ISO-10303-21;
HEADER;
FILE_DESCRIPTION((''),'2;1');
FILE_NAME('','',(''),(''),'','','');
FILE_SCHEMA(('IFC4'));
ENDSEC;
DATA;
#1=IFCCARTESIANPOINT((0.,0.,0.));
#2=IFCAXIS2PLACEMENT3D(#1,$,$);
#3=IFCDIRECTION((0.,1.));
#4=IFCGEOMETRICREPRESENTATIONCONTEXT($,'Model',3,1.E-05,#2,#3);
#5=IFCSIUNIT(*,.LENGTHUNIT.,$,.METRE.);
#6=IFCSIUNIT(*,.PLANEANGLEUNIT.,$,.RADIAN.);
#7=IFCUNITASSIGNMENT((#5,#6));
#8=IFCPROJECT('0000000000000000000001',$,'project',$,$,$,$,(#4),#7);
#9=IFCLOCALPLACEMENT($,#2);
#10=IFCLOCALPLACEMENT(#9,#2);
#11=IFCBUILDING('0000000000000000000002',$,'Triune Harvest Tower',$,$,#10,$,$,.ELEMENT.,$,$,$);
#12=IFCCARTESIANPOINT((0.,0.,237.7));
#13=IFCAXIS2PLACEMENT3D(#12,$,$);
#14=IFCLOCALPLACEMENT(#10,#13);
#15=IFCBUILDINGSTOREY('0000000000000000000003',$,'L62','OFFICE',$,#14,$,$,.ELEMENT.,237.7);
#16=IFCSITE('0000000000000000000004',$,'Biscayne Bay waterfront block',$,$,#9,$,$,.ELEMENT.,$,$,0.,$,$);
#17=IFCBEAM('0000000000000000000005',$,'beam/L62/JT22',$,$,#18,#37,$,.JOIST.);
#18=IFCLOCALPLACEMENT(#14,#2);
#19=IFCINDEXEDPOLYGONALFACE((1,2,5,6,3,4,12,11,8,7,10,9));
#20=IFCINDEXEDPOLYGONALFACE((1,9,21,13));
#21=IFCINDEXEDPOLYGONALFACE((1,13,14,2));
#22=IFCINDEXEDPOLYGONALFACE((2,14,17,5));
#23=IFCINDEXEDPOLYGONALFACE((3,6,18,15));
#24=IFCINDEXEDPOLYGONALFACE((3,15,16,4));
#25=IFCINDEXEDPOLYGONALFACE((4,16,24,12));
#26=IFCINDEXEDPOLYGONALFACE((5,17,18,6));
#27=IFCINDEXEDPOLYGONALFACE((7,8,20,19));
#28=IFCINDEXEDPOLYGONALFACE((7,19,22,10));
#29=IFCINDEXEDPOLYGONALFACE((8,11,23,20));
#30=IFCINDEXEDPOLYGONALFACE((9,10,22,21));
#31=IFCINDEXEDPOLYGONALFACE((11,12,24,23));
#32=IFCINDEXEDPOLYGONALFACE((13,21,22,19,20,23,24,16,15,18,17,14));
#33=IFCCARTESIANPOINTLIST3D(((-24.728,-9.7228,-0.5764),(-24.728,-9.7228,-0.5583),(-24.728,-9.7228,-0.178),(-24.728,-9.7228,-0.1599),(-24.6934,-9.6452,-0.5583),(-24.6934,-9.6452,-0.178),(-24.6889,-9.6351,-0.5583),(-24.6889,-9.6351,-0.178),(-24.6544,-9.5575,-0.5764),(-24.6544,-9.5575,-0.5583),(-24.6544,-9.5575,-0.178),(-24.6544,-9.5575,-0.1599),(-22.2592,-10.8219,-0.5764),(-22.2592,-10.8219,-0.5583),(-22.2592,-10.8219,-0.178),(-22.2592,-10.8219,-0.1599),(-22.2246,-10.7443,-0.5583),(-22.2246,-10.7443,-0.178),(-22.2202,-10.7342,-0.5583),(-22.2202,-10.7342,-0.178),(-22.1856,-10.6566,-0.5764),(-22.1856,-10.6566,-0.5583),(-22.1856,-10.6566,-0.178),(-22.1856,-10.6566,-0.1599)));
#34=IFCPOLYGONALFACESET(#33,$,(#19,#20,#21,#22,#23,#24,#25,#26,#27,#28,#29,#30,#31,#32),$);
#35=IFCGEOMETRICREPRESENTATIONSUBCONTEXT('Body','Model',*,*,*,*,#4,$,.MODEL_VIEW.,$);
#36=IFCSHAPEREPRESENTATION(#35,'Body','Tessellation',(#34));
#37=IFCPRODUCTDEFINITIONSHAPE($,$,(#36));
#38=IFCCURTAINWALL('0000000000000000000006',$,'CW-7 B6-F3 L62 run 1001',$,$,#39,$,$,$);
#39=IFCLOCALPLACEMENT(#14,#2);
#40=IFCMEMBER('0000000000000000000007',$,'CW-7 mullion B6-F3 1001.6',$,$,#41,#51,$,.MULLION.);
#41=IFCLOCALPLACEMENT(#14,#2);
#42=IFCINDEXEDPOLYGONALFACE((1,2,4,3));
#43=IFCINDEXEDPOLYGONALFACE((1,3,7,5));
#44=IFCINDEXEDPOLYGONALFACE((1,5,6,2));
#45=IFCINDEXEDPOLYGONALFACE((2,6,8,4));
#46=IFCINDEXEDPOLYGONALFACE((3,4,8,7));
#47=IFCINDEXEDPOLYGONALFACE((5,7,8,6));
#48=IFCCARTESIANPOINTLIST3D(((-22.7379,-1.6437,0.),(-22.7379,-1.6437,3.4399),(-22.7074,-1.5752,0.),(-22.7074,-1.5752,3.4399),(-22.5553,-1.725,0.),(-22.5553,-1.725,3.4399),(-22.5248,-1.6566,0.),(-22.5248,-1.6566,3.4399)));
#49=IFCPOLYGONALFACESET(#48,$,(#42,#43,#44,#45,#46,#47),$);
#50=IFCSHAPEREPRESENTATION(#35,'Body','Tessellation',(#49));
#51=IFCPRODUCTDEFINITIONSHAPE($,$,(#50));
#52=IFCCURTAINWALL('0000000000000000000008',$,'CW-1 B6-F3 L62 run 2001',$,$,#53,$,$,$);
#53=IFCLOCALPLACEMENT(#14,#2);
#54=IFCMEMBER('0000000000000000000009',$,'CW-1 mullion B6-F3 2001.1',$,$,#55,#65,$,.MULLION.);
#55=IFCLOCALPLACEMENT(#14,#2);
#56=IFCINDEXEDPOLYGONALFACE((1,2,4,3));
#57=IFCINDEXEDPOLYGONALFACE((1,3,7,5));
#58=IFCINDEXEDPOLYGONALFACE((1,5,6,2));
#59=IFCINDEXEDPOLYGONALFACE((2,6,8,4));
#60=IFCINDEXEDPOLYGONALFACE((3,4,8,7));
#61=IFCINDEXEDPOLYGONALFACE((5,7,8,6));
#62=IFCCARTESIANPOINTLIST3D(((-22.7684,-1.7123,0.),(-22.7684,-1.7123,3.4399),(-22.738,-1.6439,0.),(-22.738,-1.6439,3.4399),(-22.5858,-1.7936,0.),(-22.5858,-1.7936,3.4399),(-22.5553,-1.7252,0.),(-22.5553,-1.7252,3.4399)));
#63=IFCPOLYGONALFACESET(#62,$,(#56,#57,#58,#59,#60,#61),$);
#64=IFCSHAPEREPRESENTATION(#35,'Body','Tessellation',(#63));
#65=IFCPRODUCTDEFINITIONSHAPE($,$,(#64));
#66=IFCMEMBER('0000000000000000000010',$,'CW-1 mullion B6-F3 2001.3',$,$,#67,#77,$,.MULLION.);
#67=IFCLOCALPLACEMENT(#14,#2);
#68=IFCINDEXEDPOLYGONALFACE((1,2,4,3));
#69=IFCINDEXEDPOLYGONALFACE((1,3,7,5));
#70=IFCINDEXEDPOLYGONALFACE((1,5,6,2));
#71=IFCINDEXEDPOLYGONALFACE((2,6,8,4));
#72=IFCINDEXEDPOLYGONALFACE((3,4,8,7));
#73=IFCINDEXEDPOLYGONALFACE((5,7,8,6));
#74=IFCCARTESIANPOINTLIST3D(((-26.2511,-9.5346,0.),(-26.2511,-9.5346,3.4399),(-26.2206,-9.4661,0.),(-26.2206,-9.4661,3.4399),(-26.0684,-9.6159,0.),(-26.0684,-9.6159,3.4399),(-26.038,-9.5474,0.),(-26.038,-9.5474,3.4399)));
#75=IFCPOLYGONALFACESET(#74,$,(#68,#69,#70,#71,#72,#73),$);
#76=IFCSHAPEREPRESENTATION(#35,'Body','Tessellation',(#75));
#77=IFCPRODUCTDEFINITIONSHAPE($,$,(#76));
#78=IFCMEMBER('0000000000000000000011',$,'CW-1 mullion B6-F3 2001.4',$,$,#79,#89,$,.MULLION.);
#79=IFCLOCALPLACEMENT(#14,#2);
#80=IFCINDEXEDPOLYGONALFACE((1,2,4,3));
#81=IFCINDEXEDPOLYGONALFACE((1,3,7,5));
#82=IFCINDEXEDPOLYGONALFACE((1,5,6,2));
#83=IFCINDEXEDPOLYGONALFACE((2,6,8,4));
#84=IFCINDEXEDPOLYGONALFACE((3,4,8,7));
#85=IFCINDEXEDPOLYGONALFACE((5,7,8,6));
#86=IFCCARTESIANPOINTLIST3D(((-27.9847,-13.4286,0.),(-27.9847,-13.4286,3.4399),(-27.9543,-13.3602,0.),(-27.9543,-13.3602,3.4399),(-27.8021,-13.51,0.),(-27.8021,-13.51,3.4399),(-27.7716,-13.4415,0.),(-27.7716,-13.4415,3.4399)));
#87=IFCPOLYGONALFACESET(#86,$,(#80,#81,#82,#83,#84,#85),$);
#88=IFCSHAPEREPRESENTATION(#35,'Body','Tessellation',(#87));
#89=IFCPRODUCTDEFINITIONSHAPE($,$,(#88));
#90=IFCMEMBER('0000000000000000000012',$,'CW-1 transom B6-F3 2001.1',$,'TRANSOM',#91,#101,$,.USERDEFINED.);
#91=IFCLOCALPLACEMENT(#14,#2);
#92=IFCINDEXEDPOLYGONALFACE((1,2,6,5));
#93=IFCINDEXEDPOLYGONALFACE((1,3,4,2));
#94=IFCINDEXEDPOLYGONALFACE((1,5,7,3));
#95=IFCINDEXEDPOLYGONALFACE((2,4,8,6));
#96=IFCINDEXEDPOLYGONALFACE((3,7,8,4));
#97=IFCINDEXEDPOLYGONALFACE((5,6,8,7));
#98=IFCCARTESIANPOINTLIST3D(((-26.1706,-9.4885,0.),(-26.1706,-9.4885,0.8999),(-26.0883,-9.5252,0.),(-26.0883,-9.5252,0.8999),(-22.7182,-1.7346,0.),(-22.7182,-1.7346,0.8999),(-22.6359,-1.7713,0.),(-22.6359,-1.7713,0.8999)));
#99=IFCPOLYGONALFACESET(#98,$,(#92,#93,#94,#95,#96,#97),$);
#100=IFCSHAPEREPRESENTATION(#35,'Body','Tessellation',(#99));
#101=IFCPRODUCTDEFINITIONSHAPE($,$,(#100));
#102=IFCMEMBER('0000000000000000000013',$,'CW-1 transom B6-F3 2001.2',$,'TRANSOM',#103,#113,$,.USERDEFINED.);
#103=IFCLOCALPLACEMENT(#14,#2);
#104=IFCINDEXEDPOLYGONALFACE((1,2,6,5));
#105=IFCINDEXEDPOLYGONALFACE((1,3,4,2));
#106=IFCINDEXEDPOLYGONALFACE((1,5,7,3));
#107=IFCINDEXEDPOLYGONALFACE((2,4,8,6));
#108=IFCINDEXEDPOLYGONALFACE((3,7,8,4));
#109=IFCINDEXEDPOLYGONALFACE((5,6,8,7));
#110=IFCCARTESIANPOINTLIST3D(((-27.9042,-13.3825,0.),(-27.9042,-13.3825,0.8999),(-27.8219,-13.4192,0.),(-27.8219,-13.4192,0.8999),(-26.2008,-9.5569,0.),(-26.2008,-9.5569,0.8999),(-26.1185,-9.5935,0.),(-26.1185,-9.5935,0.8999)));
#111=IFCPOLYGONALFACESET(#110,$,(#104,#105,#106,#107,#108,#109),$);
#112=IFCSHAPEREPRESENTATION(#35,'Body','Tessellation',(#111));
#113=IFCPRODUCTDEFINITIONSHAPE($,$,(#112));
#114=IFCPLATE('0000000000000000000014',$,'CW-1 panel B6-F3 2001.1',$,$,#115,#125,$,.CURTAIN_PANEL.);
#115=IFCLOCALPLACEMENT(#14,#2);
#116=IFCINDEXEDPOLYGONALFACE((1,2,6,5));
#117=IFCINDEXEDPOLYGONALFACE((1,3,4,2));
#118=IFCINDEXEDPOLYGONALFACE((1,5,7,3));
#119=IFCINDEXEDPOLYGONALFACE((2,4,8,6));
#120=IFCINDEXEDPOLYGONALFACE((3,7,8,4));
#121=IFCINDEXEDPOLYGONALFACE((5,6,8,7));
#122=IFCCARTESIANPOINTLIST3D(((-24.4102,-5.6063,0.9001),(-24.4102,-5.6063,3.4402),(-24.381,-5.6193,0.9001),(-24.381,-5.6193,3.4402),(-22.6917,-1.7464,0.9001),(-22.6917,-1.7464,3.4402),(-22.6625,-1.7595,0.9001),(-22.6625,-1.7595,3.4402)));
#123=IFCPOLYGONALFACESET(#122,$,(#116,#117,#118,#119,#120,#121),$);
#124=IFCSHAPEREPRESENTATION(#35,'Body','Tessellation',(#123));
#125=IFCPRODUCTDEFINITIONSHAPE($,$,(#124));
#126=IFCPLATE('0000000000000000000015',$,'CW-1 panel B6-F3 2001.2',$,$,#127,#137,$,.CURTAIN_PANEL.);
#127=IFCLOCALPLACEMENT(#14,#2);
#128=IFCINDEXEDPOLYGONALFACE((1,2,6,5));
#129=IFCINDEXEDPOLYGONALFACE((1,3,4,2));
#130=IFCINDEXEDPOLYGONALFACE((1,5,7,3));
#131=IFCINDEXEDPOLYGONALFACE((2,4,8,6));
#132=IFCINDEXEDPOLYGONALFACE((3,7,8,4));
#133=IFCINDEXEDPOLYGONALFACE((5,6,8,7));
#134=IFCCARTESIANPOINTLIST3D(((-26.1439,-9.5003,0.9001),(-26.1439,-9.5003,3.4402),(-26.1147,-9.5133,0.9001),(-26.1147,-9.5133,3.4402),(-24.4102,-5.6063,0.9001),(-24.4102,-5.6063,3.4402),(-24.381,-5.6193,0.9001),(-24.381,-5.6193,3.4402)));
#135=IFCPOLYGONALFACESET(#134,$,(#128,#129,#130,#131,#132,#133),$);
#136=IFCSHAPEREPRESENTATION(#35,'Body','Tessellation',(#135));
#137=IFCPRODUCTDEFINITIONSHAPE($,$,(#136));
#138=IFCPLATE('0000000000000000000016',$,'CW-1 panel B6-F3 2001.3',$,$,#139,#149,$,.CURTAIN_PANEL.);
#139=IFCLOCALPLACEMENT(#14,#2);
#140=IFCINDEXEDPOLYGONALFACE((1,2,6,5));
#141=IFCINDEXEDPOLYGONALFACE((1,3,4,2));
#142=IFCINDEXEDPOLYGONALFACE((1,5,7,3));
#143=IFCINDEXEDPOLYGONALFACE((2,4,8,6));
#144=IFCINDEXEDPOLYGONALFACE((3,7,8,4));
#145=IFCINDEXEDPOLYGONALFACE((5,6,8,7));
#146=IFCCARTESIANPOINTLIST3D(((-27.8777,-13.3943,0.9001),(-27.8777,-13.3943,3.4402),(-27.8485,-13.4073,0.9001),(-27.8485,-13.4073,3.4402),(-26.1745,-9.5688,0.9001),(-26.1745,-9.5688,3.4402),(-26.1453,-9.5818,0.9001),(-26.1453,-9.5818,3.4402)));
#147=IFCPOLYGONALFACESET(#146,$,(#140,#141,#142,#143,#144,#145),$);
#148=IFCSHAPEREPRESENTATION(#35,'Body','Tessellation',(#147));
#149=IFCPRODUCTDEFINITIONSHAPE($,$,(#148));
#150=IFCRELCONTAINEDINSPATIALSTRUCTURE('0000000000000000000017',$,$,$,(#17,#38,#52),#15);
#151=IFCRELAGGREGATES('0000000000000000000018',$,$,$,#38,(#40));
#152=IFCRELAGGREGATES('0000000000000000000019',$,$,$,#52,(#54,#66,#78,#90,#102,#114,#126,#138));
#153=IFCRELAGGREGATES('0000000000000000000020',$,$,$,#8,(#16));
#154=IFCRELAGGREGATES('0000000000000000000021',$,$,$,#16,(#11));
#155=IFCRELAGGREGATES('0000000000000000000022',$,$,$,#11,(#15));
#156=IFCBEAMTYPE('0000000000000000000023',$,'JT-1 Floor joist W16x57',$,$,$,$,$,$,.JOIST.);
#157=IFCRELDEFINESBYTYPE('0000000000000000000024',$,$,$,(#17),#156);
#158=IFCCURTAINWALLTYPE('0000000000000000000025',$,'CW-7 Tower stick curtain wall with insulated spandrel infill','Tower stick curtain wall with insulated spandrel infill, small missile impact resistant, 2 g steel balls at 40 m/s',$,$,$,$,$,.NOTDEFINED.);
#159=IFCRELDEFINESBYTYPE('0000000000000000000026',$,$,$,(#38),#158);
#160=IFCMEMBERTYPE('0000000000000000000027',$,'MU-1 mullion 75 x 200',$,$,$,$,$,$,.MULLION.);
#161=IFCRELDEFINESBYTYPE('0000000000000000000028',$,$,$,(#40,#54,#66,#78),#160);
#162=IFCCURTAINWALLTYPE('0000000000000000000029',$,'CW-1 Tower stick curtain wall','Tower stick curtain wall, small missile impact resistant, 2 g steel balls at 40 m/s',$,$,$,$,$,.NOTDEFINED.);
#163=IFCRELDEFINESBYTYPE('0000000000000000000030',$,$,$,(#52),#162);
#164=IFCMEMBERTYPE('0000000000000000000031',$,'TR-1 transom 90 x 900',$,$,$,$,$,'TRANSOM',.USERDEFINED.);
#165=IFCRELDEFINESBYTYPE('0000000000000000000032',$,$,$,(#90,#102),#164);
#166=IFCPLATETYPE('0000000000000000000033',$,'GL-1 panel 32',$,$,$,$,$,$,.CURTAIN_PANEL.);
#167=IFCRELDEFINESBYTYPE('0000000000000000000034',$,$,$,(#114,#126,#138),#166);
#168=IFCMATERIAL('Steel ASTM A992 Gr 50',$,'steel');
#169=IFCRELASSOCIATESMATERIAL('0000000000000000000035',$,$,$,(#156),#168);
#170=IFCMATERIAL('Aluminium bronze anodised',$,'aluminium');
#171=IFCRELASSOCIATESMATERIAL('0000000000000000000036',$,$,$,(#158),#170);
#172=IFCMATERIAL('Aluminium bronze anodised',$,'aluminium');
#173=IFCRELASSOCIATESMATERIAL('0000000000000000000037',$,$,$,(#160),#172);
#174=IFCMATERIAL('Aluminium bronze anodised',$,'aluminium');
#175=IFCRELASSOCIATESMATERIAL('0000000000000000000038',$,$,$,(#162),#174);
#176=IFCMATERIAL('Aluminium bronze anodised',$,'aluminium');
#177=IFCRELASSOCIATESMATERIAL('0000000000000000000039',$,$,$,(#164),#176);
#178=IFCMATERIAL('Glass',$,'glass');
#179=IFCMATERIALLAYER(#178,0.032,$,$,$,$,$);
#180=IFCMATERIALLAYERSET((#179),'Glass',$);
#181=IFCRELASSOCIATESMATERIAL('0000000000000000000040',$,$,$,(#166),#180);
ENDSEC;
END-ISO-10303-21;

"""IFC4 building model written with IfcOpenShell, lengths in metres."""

from ifc_helpers import new_model, si_unit, direction, frame, origin, origin_2d, place, context, subcontext, project, spatial, rectangle, i_section, extrude, source, transform, mapped, material, layer, layer_set, material_profile, profile_set, type_object, element, aggregate, save


model = new_model("IFC4")

# Units and contexts
model_context = context("Model", 3, precision=1e-05, world=origin(), true_north=direction((0.0, 1.0)))
body_context = subcontext(model_context, "Body", "Model", "MODEL_VIEW")
ifc_project = project(units=[si_unit("LENGTHUNIT", "METRE"), si_unit("PLANEANGLEUNIT", "RADIAN")], contexts=[model_context])

# Site, building, storey
site_placement = place(None, origin())
site = spatial("IfcSite", under=ifc_project, at=site_placement, Name="Biscayne Bay waterfront block", CompositionType="ELEMENT", RefElevation=0.0)
building_placement = place(site_placement, origin())
building = spatial("IfcBuilding", under=site, at=building_placement, Name="Triune Harvest Tower", CompositionType="ELEMENT")
storey_placement = place(building_placement, frame((0.0, 0.0, 237.7)))
storey = spatial("IfcBuildingStorey", under=building, at=storey_placement, Name="L62", Description="OFFICE", CompositionType="ELEMENT", Elevation=237.7)

# Beam
ifc_material_1 = material(Name="Steel ASTM A992 Gr 50", Category="steel")
ifc_material_profile_1 = material_profile(ifc_material_1, i_section(OverallWidth=0.1809, OverallDepth=0.4165, WebThickness=0.011, FlangeThickness=0.0181, at=origin_2d()), Name="W16x57")
ifc_profile_set_1 = profile_set([ifc_material_profile_1], Name="Steel ASTM A992 Gr 50")
beam_type_1 = type_object("IfcBeamType", Name="JT-1 Floor joist W16x57", PredefinedType="JOIST", material=ifc_profile_set_1)
shared_shape_1 = source(origin(), body_context, "Body", "SweptSolid", [
    extrude(i_section(OverallWidth=0.1809, OverallDepth=0.4165, WebThickness=0.011, FlangeThickness=0.0181, at=origin_2d()), origin(), (0.0, 0.0, 1.0), 2.7024),
])
beam_1_placement = place(storey_placement, frame((-24.6912, -9.6401, -0.3682), z_axis=(0.913551, -0.406725, 0.0), x_axis=(0.406725, 0.913551, 0.0)))
element("IfcBeam", 1, at=beam_1_placement, inside=storey, type_object=beam_type_1, Name="beam/L62/JT22", PredefinedType="JOIST", context=body_context, shape_type="MappedRepresentation", body=[
    mapped(shared_shape_1, transform((0.0, 0.0, 0.0), scale=1.0)),
])

# Curtain wall, member
ifc_material_2 = material(Name="Aluminium bronze anodised", Category="aluminium")
curtain_wall_type_1 = type_object("IfcCurtainWallType", Name="CW-7 Tower stick curtain wall with insulated spandrel infill", Description="Tower stick curtain wall with insulated spandrel infill, small missile impact resistant, 2 g steel balls at 40 m/s", PredefinedType="NOTDEFINED", material=ifc_material_2)
curtain_wall_1_placement = place(storey_placement, origin())
curtain_wall_1 = element("IfcCurtainWall", 2, at=curtain_wall_1_placement, inside=storey, type_object=curtain_wall_type_1, Name="CW-7 B6-F3 L62 run 1001")
ifc_material_3 = material(Name="Aluminium bronze anodised", Category="aluminium")
ifc_material_profile_2 = material_profile(ifc_material_3, rectangle(XDim=0.2, YDim=0.075, at=origin_2d()), Name="MU-1 mullion 75 x 200")
ifc_profile_set_2 = profile_set([ifc_material_profile_2], Name="Aluminium bronze anodised")
member_type_1 = type_object("IfcMemberType", Name="MU-1 mullion 75 x 200", PredefinedType="MULLION", material=ifc_profile_set_2)
shared_shape_2 = source(origin(), body_context, "Body", "SweptSolid", [
    extrude(rectangle(XDim=0.2, YDim=0.075, at=origin_2d()), origin(), (0.0, 0.0, 1.0), 3.4399),
])
member_1_placement = place(storey_placement, frame((-22.6313, -1.6501, 0.0), z_axis=(0.0, 0.0, 1.0), x_axis=(0.913543, -0.406742, 0.0)))
member_1 = element("IfcMember", 3, at=member_1_placement, type_object=member_type_1, Name="CW-7 mullion B6-F3 1001.6", PredefinedType="MULLION", context=body_context, shape_type="MappedRepresentation", body=[
    mapped(shared_shape_2, transform((0.0, 0.0, 0.0), scale=1.0)),
])
aggregate(curtain_wall_1, [member_1])

# Curtain wall, members, plates
ifc_material_4 = material(Name="Aluminium bronze anodised", Category="aluminium")
curtain_wall_type_2 = type_object("IfcCurtainWallType", Name="CW-1 Tower stick curtain wall", Description="Tower stick curtain wall, small missile impact resistant, 2 g steel balls at 40 m/s", PredefinedType="NOTDEFINED", material=ifc_material_4)
curtain_wall_2_placement = place(storey_placement, origin())
curtain_wall_2 = element("IfcCurtainWall", 4, at=curtain_wall_2_placement, inside=storey, type_object=curtain_wall_type_2, Name="CW-1 B6-F3 L62 run 2001")
member_2_placement = place(storey_placement, frame((-22.6619, -1.7188, 0.0), z_axis=(0.0, 0.0, 1.0), x_axis=(0.913546, -0.406735, 0.0)))
member_2 = element("IfcMember", 5, at=member_2_placement, type_object=member_type_1, Name="CW-1 mullion B6-F3 2001.1", PredefinedType="MULLION", context=body_context, shape_type="MappedRepresentation", body=[
    mapped(shared_shape_2, transform((0.0, 0.0, 0.0), scale=1.0)),
])
member_3_placement = place(storey_placement, frame((-26.1445, -9.541, 0.0), z_axis=(0.0, 0.0, 1.0), x_axis=(0.913546, -0.406735, 0.0)))
member_3 = element("IfcMember", 6, at=member_3_placement, type_object=member_type_1, Name="CW-1 mullion B6-F3 2001.3", PredefinedType="MULLION", context=body_context, shape_type="MappedRepresentation", body=[
    mapped(shared_shape_2, transform((0.0, 0.0, 0.0), scale=1.0)),
])
member_4_placement = place(storey_placement, frame((-27.8782, -13.4351, 0.0), z_axis=(0.0, 0.0, 1.0), x_axis=(0.913546, -0.406735, 0.0)))
member_4 = element("IfcMember", 7, at=member_4_placement, type_object=member_type_1, Name="CW-1 mullion B6-F3 2001.4", PredefinedType="MULLION", context=body_context, shape_type="MappedRepresentation", body=[
    mapped(shared_shape_2, transform((0.0, 0.0, 0.0), scale=1.0)),
])
ifc_material_5 = material(Name="Aluminium bronze anodised", Category="aluminium")
ifc_material_profile_3 = material_profile(ifc_material_5, rectangle(XDim=0.0901, YDim=0.8999, at=origin_2d()), Name="TR-1 transom 90 x 900")
ifc_profile_set_3 = profile_set([ifc_material_profile_3], Name="Aluminium bronze anodised")
member_type_2 = type_object("IfcMemberType", Name="TR-1 transom 90 x 900", ElementType="TRANSOM", PredefinedType="USERDEFINED", material=ifc_profile_set_3)
shared_shape_3 = source(origin(), body_context, "Body", "SweptSolid", [
    extrude(rectangle(XDim=0.0901, YDim=0.8999, at=origin_2d()), origin(), (0.0, 0.0, 1.0), 8.4878),
])
member_5_placement = place(storey_placement, frame((-22.677, -1.7529, 0.45), z_axis=(-0.40675, -0.91354, 0.0), x_axis=(0.91354, -0.40675, 0.0)))
member_5 = element("IfcMember", 8, at=member_5_placement, type_object=member_type_2, Name="CW-1 transom B6-F3 2001.1", ObjectType="TRANSOM", PredefinedType="USERDEFINED", context=body_context, shape_type="MappedRepresentation", body=[
    mapped(shared_shape_3, transform((0.0, 0.0, 0.0), scale=1.0)),
])
shared_shape_4 = source(origin(), body_context, "Body", "SweptSolid", [
    extrude(rectangle(XDim=0.0901, YDim=0.8999, at=origin_2d()), origin(), (0.0, 0.0, 1.0), 4.1877),
])
member_6_placement = place(storey_placement, frame((-26.1597, -9.5752, 0.45), z_axis=(-0.40675, -0.91354, 0.0), x_axis=(0.91354, -0.40675, 0.0)))
member_6 = element("IfcMember", 9, at=member_6_placement, type_object=member_type_2, Name="CW-1 transom B6-F3 2001.2", ObjectType="TRANSOM", PredefinedType="USERDEFINED", context=body_context, shape_type="MappedRepresentation", body=[
    mapped(shared_shape_4, transform((0.0, 0.0, 0.0), scale=1.0)),
])
ifc_material_6 = material(Name="Glass", Category="glass")
ifc_layer_1 = layer(ifc_material_6, 0.032)
ifc_layer_set_1 = layer_set([ifc_layer_1], Name="Glass")
plate_type = type_object("IfcPlateType", Name="GL-1 panel 32", PredefinedType="CURTAIN_PANEL", material=ifc_layer_set_1)
shared_shape_5 = source(origin(), body_context, "Body", "SweptSolid", [
    extrude(rectangle(XDim=4.2251, YDim=0.032, at=origin_2d()), origin(), (0.0, 0.0, 1.0), 2.54),
])
plate_1_placement = place(storey_placement, frame((-23.5364, -3.6829, 0.9001), z_axis=(0.0, 0.0, 1.0), x_axis=(-0.406735, -0.913546, 0.0)))
plate_1 = element("IfcPlate", 10, at=plate_1_placement, type_object=plate_type, Name="CW-1 panel B6-F3 2001.1", PredefinedType="CURTAIN_PANEL", context=body_context, shape_type="MappedRepresentation", body=[
    mapped(shared_shape_5, transform((0.0, 0.0, 0.0), scale=1.0)),
])
shared_shape_6 = source(origin(), body_context, "Body", "SweptSolid", [
    extrude(rectangle(XDim=4.2625, YDim=0.032, at=origin_2d()), origin(), (0.0, 0.0, 1.0), 2.54),
])
plate_2_placement = place(storey_placement, frame((-25.2625, -7.5598, 0.9001), z_axis=(0.0, 0.0, 1.0), x_axis=(-0.406735, -0.913546, 0.0)))
plate_2 = element("IfcPlate", 11, at=plate_2_placement, type_object=plate_type, Name="CW-1 panel B6-F3 2001.2", PredefinedType="CURTAIN_PANEL", context=body_context, shape_type="MappedRepresentation", body=[
    mapped(shared_shape_6, transform((0.0, 0.0, 0.0), scale=1.0)),
])
shared_shape_7 = source(origin(), body_context, "Body", "SweptSolid", [
    extrude(rectangle(XDim=4.1875, YDim=0.032, at=origin_2d()), origin(), (0.0, 0.0, 1.0), 2.54),
])
plate_3_placement = place(storey_placement, frame((-27.0115, -11.488, 0.9001), z_axis=(0.0, 0.0, 1.0), x_axis=(-0.406735, -0.913546, 0.0)))
plate_3 = element("IfcPlate", 12, at=plate_3_placement, type_object=plate_type, Name="CW-1 panel B6-F3 2001.3", PredefinedType="CURTAIN_PANEL", context=body_context, shape_type="MappedRepresentation", body=[
    mapped(shared_shape_7, transform((0.0, 0.0, 0.0), scale=1.0)),
])
aggregate(curtain_wall_2, [member_2, member_3, member_4, member_5, member_6, plate_1, plate_2, plate_3])

save(model, "model.ifc")
